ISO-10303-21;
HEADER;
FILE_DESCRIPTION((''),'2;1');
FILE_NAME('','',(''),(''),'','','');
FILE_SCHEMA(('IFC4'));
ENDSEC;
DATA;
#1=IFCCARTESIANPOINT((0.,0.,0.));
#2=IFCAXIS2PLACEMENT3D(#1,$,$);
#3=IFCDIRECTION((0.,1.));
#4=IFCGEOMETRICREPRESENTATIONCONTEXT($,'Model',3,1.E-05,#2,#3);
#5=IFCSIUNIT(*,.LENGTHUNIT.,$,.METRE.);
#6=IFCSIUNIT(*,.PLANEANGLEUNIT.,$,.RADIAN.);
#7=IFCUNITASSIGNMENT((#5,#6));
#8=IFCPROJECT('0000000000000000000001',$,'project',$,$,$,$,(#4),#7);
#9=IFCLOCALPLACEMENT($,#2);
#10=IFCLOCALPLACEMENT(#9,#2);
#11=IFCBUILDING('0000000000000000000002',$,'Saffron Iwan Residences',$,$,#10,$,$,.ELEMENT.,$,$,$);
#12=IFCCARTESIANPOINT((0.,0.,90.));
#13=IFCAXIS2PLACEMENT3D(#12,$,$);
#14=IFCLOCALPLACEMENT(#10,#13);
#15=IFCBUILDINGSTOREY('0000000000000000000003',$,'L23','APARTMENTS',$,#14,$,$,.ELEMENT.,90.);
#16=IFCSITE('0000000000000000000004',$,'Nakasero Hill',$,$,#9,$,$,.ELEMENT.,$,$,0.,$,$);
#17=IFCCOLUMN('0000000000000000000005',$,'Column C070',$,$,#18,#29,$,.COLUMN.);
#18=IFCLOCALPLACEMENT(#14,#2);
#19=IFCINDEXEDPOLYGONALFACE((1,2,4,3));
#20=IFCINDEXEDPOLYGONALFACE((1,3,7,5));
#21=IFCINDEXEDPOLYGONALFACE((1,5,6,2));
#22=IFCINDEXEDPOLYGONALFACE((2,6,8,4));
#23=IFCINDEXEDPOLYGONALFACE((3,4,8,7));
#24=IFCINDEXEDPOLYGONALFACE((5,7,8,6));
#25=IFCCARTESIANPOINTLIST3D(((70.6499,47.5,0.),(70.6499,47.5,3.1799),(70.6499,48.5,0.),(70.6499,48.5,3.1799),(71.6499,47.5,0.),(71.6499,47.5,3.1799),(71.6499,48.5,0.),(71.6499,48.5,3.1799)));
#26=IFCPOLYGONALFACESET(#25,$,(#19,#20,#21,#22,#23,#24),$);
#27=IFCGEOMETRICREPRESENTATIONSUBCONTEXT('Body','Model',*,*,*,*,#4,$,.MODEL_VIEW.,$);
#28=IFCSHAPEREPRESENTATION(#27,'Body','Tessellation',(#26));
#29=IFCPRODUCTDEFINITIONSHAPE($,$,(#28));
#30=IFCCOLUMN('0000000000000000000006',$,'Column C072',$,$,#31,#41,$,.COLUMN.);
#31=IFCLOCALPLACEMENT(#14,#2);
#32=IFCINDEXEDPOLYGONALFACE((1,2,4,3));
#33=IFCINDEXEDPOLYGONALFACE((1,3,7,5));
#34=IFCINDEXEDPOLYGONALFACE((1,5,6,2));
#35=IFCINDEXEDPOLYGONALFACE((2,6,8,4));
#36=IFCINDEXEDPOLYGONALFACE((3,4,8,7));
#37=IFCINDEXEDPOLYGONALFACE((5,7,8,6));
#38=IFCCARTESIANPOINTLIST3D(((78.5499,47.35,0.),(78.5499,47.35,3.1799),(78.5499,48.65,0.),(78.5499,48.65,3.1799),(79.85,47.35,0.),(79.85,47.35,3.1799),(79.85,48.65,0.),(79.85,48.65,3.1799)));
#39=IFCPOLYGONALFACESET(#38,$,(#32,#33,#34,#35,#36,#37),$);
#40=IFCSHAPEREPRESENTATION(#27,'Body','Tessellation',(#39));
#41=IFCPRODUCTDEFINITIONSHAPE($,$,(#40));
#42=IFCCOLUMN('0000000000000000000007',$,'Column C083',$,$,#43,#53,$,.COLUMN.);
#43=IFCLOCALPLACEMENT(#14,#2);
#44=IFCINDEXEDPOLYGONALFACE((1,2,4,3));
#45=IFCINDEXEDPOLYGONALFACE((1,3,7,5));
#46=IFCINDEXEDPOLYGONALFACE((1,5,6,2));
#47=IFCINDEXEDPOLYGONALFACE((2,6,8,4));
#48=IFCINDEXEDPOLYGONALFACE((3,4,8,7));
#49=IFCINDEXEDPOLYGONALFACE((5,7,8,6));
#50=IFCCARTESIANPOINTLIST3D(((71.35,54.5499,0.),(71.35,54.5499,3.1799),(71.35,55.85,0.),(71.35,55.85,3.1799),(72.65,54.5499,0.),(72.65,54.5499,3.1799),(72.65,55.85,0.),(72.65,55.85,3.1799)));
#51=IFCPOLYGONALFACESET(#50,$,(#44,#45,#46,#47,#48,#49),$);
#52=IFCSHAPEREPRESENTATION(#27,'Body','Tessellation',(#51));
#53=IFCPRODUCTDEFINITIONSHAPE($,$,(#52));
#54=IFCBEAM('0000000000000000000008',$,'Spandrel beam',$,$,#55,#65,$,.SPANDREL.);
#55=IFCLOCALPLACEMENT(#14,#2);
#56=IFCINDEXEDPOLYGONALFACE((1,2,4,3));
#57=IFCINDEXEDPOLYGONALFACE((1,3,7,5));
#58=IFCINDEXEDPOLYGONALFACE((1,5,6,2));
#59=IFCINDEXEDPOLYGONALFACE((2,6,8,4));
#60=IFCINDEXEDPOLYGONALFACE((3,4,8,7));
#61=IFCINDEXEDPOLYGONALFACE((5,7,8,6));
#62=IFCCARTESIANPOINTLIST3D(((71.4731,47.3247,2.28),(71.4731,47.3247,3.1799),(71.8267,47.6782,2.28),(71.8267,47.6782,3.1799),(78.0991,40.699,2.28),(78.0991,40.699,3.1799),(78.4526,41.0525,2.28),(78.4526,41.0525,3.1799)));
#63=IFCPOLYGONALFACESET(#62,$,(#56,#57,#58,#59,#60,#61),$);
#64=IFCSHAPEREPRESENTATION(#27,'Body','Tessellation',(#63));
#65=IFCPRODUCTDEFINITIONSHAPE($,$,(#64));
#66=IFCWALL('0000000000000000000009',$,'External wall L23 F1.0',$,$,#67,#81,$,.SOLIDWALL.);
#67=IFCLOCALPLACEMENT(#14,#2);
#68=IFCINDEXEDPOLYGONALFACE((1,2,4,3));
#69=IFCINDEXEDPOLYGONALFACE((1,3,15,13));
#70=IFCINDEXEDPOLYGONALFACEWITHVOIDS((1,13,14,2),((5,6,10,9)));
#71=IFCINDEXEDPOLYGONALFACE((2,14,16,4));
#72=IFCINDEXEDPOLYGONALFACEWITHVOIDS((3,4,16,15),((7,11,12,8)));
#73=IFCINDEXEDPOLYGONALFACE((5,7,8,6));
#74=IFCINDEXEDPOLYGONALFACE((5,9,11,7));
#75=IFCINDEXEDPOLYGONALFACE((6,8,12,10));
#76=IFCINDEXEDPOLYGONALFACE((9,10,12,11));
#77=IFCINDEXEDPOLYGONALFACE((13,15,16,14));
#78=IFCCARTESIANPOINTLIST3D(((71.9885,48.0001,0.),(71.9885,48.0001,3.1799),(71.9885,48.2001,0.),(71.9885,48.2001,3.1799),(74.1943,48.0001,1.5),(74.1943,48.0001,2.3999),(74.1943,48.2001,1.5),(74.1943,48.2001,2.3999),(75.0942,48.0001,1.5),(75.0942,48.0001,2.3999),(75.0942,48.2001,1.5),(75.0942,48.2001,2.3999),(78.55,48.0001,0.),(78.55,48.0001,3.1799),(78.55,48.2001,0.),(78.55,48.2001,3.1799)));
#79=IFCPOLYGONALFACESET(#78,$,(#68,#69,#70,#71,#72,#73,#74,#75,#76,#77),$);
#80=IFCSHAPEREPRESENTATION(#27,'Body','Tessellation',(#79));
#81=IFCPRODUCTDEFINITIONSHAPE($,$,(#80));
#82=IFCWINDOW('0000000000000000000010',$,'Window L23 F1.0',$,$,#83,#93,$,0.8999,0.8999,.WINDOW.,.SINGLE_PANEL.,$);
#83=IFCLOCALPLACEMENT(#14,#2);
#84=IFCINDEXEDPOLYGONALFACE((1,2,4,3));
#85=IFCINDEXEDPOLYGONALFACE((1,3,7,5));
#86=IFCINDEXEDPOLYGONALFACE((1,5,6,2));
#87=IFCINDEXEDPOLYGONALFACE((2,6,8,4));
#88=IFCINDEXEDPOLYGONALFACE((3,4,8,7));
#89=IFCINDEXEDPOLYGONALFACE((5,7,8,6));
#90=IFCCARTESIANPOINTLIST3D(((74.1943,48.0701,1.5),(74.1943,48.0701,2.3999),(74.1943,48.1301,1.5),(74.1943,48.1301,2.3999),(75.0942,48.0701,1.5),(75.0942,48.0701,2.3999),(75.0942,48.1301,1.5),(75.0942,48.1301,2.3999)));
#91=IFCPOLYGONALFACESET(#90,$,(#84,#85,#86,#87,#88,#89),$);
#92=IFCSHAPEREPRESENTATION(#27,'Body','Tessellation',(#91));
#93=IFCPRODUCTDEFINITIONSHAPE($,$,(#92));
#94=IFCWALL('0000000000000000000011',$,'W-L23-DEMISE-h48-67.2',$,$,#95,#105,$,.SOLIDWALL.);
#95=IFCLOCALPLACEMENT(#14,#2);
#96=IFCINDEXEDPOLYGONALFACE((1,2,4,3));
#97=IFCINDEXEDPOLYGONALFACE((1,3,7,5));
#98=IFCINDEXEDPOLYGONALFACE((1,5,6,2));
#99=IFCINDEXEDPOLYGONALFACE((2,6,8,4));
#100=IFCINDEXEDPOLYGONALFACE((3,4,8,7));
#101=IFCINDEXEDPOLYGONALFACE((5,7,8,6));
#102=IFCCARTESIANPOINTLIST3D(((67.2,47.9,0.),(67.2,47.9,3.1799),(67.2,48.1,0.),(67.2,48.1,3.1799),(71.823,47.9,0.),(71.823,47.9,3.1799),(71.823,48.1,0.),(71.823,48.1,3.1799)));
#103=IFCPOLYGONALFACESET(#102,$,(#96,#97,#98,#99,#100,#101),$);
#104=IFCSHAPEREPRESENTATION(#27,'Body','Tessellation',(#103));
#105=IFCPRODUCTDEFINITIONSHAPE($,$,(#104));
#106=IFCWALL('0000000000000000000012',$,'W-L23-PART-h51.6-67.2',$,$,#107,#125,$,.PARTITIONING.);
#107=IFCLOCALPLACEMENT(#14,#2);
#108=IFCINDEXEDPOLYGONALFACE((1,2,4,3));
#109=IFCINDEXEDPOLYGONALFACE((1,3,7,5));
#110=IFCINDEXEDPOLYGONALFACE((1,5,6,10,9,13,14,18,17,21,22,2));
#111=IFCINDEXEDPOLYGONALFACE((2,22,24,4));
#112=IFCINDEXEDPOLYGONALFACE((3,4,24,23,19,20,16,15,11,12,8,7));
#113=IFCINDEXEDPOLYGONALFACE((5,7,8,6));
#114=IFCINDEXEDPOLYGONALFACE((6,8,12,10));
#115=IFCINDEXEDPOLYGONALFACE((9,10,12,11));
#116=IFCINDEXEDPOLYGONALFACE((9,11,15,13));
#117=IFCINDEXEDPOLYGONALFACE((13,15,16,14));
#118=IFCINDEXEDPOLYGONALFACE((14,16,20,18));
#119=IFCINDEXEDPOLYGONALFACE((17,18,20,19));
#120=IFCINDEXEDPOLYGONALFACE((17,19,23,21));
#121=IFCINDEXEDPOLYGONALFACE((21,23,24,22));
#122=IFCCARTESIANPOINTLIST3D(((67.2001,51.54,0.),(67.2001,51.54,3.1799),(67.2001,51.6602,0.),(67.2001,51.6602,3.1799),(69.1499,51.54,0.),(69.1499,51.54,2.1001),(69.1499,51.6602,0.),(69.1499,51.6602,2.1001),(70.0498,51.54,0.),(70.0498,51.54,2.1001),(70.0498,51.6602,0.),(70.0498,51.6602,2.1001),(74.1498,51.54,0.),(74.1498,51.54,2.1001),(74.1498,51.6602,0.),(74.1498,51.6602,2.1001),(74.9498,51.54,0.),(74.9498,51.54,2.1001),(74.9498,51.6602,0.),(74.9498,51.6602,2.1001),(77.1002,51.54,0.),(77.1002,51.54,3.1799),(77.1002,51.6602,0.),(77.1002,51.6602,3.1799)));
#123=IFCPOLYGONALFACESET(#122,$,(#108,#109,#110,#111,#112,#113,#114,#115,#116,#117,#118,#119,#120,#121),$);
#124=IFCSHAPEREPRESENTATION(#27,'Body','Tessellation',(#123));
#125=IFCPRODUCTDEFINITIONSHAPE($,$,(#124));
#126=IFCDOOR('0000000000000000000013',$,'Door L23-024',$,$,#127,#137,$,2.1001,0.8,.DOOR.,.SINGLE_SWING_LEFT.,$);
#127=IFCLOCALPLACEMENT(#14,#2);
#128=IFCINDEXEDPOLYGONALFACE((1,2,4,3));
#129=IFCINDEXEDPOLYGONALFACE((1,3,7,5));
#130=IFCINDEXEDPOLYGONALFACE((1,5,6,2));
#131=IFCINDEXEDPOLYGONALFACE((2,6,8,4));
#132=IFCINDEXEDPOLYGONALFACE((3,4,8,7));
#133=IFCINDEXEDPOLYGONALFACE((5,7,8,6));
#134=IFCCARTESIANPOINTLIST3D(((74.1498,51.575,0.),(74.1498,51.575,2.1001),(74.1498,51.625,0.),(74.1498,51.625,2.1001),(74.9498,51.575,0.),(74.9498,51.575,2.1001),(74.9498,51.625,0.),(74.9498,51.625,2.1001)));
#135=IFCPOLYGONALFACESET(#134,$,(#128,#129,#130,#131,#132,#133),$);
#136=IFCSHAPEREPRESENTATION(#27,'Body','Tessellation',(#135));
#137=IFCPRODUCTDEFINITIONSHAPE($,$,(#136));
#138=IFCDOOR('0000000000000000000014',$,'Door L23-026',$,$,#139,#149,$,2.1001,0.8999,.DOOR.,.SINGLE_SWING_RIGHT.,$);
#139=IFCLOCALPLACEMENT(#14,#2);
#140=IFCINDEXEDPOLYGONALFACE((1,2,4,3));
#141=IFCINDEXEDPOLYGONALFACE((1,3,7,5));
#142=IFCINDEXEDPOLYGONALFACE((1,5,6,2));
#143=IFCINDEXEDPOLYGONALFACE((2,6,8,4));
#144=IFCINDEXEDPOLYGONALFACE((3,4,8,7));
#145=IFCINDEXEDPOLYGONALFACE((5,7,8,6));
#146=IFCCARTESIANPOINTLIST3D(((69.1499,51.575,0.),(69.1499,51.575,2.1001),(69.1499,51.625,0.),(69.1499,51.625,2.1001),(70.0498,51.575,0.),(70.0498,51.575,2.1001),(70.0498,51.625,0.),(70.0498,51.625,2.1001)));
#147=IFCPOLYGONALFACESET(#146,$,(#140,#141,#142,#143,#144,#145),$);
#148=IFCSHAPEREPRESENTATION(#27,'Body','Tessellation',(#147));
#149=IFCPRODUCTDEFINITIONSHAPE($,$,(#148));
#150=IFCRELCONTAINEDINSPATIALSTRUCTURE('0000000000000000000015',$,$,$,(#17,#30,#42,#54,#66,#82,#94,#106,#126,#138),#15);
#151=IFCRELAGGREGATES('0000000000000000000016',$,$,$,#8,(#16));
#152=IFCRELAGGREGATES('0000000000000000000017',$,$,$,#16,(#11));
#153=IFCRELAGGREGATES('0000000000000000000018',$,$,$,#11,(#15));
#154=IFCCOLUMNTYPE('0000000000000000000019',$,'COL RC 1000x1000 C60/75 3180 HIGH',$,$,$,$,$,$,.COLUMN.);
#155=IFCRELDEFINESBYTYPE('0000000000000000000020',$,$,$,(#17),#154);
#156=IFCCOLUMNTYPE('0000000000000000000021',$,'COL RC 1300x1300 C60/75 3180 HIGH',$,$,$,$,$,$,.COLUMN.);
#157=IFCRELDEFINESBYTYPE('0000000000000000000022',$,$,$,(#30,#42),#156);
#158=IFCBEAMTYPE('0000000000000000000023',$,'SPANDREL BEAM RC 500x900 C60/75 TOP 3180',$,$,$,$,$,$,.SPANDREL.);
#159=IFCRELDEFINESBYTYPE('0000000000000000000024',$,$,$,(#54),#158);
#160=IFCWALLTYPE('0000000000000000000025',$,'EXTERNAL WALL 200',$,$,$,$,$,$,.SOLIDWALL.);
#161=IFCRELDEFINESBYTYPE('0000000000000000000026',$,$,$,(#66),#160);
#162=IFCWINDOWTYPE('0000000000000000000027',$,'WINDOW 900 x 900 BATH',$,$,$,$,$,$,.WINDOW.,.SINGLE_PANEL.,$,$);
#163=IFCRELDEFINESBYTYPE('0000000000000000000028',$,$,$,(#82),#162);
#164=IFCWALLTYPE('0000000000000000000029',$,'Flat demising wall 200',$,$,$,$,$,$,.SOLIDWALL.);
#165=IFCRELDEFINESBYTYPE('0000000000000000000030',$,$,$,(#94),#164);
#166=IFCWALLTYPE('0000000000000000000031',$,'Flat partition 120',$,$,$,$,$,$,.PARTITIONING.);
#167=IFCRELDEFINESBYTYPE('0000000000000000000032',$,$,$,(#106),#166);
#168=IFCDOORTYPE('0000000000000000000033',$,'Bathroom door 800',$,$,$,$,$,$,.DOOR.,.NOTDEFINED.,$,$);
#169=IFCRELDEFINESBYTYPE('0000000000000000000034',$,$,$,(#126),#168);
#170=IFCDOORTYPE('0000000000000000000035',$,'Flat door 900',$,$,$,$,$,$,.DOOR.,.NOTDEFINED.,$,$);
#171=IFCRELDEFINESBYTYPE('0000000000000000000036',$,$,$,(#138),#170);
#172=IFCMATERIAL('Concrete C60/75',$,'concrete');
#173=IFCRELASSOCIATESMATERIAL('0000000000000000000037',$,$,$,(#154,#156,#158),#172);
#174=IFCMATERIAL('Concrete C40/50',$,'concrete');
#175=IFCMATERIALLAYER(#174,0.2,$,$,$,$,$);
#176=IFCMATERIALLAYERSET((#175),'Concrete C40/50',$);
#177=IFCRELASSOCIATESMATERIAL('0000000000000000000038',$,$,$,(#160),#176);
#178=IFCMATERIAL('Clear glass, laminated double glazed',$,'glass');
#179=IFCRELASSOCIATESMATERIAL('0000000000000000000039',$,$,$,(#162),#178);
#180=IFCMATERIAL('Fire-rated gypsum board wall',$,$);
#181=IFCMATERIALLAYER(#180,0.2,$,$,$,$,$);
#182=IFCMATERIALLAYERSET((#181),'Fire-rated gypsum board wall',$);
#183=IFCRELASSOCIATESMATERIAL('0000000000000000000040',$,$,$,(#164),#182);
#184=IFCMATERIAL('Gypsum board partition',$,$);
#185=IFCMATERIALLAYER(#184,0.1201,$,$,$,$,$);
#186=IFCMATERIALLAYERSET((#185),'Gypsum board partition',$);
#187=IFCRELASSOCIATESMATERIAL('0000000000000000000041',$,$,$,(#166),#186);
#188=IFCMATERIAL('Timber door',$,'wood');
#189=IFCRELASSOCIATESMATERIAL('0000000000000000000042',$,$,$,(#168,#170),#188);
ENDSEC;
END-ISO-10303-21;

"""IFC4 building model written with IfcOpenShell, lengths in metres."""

from ifc_helpers import new_model, si_unit, direction, frame, frame_2d, origin, origin_2d, place, context, subcontext, project, spatial, rectangle, extrude, source, transform, mapped, material, layer, layer_set, material_profile, profile_set, type_object, element, fill, save


model = new_model("IFC4")

# Units and contexts
model_context = context("Model", 3, precision=1e-05, world=origin(), true_north=direction((0.0, 1.0)))
body_context = subcontext(model_context, "Body", "Model", "MODEL_VIEW")
ifc_project = project(units=[si_unit("LENGTHUNIT", "METRE"), si_unit("PLANEANGLEUNIT", "RADIAN")], contexts=[model_context])

# Site, building, storey
site_placement = place(None, origin())
site = spatial("IfcSite", under=ifc_project, at=site_placement, Name="Nakasero Hill", CompositionType="ELEMENT", RefElevation=0.0)
building_placement = place(site_placement, origin())
building = spatial("IfcBuilding", under=site, at=building_placement, Name="Saffron Iwan Residences", CompositionType="ELEMENT")
storey_placement = place(building_placement, frame((0.0, 0.0, 90.0)))
storey = spatial("IfcBuildingStorey", under=building, at=storey_placement, Name="L23", Description="APARTMENTS", CompositionType="ELEMENT", Elevation=90.0)

# Columns
ifc_material_1 = material(Name="Concrete C60/75", Category="concrete")
ifc_material_profile_1 = material_profile(ifc_material_1, rectangle(XDim=1.0, YDim=1.0, at=origin_2d()), Name="RC 1000x1000")
ifc_profile_set_1 = profile_set([ifc_material_profile_1], Name="Concrete C60/75")
column_type_1 = type_object("IfcColumnType", Name="COL RC 1000x1000 C60/75 3180 HIGH", PredefinedType="COLUMN", material=ifc_profile_set_1)
shared_shape_1 = source(origin(), body_context, "Body", "SweptSolid", [
    extrude(rectangle(XDim=1.0, YDim=1.0, at=origin_2d()), origin(), (0.0, 0.0, 1.0), 3.1799),
])
column_placement = place(storey_placement, frame((71.1499, 48.0, 0.0), z_axis=(0.0, 0.0, 1.0), x_axis=(1.0, 0.0, 0.0)))
element("IfcColumn", 1, at=column_placement, inside=storey, type_object=column_type_1, Name="Column C070", PredefinedType="COLUMN", context=body_context, shape_type="MappedRepresentation", body=[
    mapped(shared_shape_1, transform((0.0, 0.0, 0.0))),
])
ifc_material_profile_2 = material_profile(ifc_material_1, rectangle(XDim=1.3, YDim=1.3, at=origin_2d()), Name="RC 1300x1300")
ifc_profile_set_2 = profile_set([ifc_material_profile_2], Name="Concrete C60/75")
column_type_2 = type_object("IfcColumnType", Name="COL RC 1300x1300 C60/75 3180 HIGH", PredefinedType="COLUMN", material=ifc_profile_set_2)
shared_shape_2 = source(origin(), body_context, "Body", "SweptSolid", [
    extrude(rectangle(XDim=1.3, YDim=1.3, at=origin_2d()), origin(), (0.0, 0.0, 1.0), 3.1799),
])
for number, where, z_axis, x_axis, name in (
    (2, (79.2, 48.0, 0.0), (0.0, 0.0, 1.0), (1.0, 0.0, 0.0), "Column C072"),
    (3, (72.0, 55.2, 0.0), (0.0, 0.0, 1.0), (1.0, 0.0, 0.0), "Column C083"),
):
    element("IfcColumn", number, at=place(storey_placement, frame(where, z_axis=z_axis, x_axis=x_axis)), inside=storey, type_object=column_type_2, Name=name, PredefinedType="COLUMN", context=body_context, shape_type="MappedRepresentation", body=[
        mapped(shared_shape_2, transform((0.0, 0.0, 0.0))),
    ])

# Beam
ifc_material_profile_3 = material_profile(ifc_material_1, rectangle(XDim=0.5, YDim=0.8999, at=origin_2d()), Name="RC 500x900")
ifc_profile_set_3 = profile_set([ifc_material_profile_3], Name="Concrete C60/75")
beam_type = type_object("IfcBeamType", Name="SPANDREL BEAM RC 500x900 C60/75 TOP 3180", PredefinedType="SPANDREL", material=ifc_profile_set_3)
shared_shape_3 = source(origin(), body_context, "Body", "SweptSolid", [
    extrude(rectangle(XDim=0.5, YDim=0.8999, at=origin_2d()), origin(), (0.0, 0.0, 1.0), 9.3704),
])
beam_placement = place(storey_placement, frame((71.6499, 47.5015, 2.73), z_axis=(0.70712, -0.707094, 0.0), x_axis=(0.707094, 0.70712, 0.0)))
element("IfcBeam", 4, at=beam_placement, inside=storey, type_object=beam_type, Name="Spandrel beam", PredefinedType="SPANDREL", context=body_context, shape_type="MappedRepresentation", body=[
    mapped(shared_shape_3, transform((0.0, 0.0, 0.0))),
])

# Wall, opening, window
ifc_material_2 = material(Name="Concrete C40/50", Category="concrete")
ifc_layer_1 = layer(ifc_material_2, 0.2)
ifc_layer_set_1 = layer_set([ifc_layer_1], Name="Concrete C40/50")
wall_type_1 = type_object("IfcWallType", Name="EXTERNAL WALL 200", PredefinedType="SOLIDWALL", material=ifc_layer_set_1)
wall_1_placement = place(storey_placement, frame((71.9885, 48.1001, 0.0), z_axis=(0.0, 0.0, 1.0), x_axis=(1.0, 0.0, 0.0)))
wall_1 = element("IfcWall", 5, at=wall_1_placement, inside=storey, type_object=wall_type_1, Name="External wall L23 F1.0", PredefinedType="SOLIDWALL", context=body_context, shape_type="SweptSolid", body=[
    extrude(rectangle(XDim=6.5615, YDim=0.2, at=frame_2d((3.2808, 0.0))), origin(), (0.0, 0.0, 1.0), 3.1799),
])
opening_1_placement = place(wall_1_placement, frame((2.2058, 0.0, 1.5)))
opening_1 = element("IfcOpeningElement", 6, at=opening_1_placement, cuts=wall_1, PredefinedType="OPENING", context=body_context, shape_type="SweptSolid", body=[
    extrude(rectangle(XDim=0.8999, YDim=0.8999, at=frame_2d((0.45, 0.45))), frame((0.0, 0.1099, 0.0), z_axis=(0.0, -1.0, 0.0), x_axis=(1.0, 0.0, 0.0)), (0.0, 0.0, 1.0), 0.22),
])
ifc_material_3 = material(Name="Clear glass, laminated double glazed", Category="glass")
window_type = type_object("IfcWindowType", Name="WINDOW 900 x 900 BATH", PartitioningType="SINGLE_PANEL", PredefinedType="WINDOW", material=ifc_material_3)
window_placement = place(opening_1_placement, origin())
window = element("IfcWindow", 7, at=window_placement, inside=storey, type_object=window_type, Name="Window L23 F1.0", OverallHeight=0.8999, OverallWidth=0.8999, PartitioningType="SINGLE_PANEL", PredefinedType="WINDOW", context=body_context, shape_type="SweptSolid", body=[
    extrude(rectangle(XDim=0.8999, YDim=0.8999, at=frame_2d((0.45, 0.45))), frame((0.0, 0.03, 0.0), z_axis=(0.0, -1.0, 0.0), x_axis=(1.0, 0.0, 0.0)), (0.0, 0.0, 1.0), 0.0601),
])
fill(opening_1, window)

# Wall
ifc_material_4 = material(Name="Fire-rated gypsum board wall")
ifc_layer_2 = layer(ifc_material_4, 0.2)
ifc_layer_set_2 = layer_set([ifc_layer_2], Name="Fire-rated gypsum board wall")
wall_type_2 = type_object("IfcWallType", Name="Flat demising wall 200", PredefinedType="SOLIDWALL", material=ifc_layer_set_2)
wall_2_placement = place(storey_placement, frame((67.2, 48.0, 0.0), z_axis=(0.0, 0.0, 1.0), x_axis=(1.0, 0.0, 0.0)))
element("IfcWall", 8, at=wall_2_placement, inside=storey, type_object=wall_type_2, Name="W-L23-DEMISE-h48-67.2", PredefinedType="SOLIDWALL", context=body_context, shape_type="SweptSolid", body=[
    extrude(rectangle(XDim=4.623, YDim=0.2, at=frame_2d((2.3115, 0.0))), origin(), (0.0, 0.0, 1.0), 3.1799),
])

# Wall, openings, doors
ifc_material_5 = material(Name="Gypsum board partition")
ifc_layer_3 = layer(ifc_material_5, 0.1201)
ifc_layer_set_3 = layer_set([ifc_layer_3], Name="Gypsum board partition")
wall_type_3 = type_object("IfcWallType", Name="Flat partition 120", PredefinedType="PARTITIONING", material=ifc_layer_set_3)
wall_3_placement = place(storey_placement, frame((67.2, 51.6001, 0.0), z_axis=(0.0, 0.0, 1.0), x_axis=(1.0, 0.0, 0.0)))
wall_3 = element("IfcWall", 9, at=wall_3_placement, inside=storey, type_object=wall_type_3, Name="W-L23-PART-h51.6-67.2", PredefinedType="PARTITIONING", context=body_context, shape_type="SweptSolid", body=[
    extrude(rectangle(XDim=9.9001, YDim=0.1201, at=frame_2d((4.9502, 0.0))), origin(), (0.0, 0.0, 1.0), 3.1799),
])
opening_2_placement = place(wall_3_placement, frame((6.95, 0.0, 0.0)))
opening_2 = element("IfcOpeningElement", 10, at=opening_2_placement, cuts=wall_3, PredefinedType="OPENING", context=body_context, shape_type="SweptSolid", body=[
    extrude(rectangle(XDim=0.8, YDim=2.1001, at=frame_2d((0.3999, 1.05))), frame((0.0, 0.0701, 0.0), z_axis=(0.0, -1.0, 0.0), x_axis=(1.0, 0.0, 0.0)), (0.0, 0.0, 1.0), 0.1401),
])
opening_3_placement = place(wall_3_placement, frame((1.95, 0.0, 0.0)))
opening_3 = element("IfcOpeningElement", 11, at=opening_3_placement, cuts=wall_3, PredefinedType="OPENING", context=body_context, shape_type="SweptSolid", body=[
    extrude(rectangle(XDim=0.8999, YDim=2.1001, at=frame_2d((0.45, 1.05))), frame((0.0, 0.0701, 0.0), z_axis=(0.0, -1.0, 0.0), x_axis=(1.0, 0.0, 0.0)), (0.0, 0.0, 1.0), 0.1401),
])
ifc_material_6 = material(Name="Timber door", Category="wood")
door_type_1 = type_object("IfcDoorType", Name="Bathroom door 800", OperationType="NOTDEFINED", PredefinedType="DOOR", material=ifc_material_6)
door_1_placement = place(opening_2_placement, origin())
door_1 = element("IfcDoor", 12, at=door_1_placement, inside=storey, type_object=door_type_1, Name="Door L23-024", OperationType="SINGLE_SWING_LEFT", OverallHeight=2.1001, OverallWidth=0.8, PredefinedType="DOOR", context=body_context, shape_type="SweptSolid", body=[
    extrude(rectangle(XDim=0.8, YDim=2.1001, at=frame_2d((0.3999, 1.05))), frame((0.0, 0.0249, 0.0), z_axis=(0.0, -1.0, 0.0), x_axis=(1.0, 0.0, 0.0)), (0.0, 0.0, 1.0), 0.05),
])
fill(opening_2, door_1)
door_type_2 = type_object("IfcDoorType", Name="Flat door 900", OperationType="NOTDEFINED", PredefinedType="DOOR", material=ifc_material_6)
door_2_placement = place(opening_3_placement, origin())
door_2 = element("IfcDoor", 13, at=door_2_placement, inside=storey, type_object=door_type_2, Name="Door L23-026", OperationType="SINGLE_SWING_RIGHT", OverallHeight=2.1001, OverallWidth=0.8999, PredefinedType="DOOR", context=body_context, shape_type="SweptSolid", body=[
    extrude(rectangle(XDim=0.8999, YDim=2.1001, at=frame_2d((0.45, 1.05))), frame((0.0, 0.0249, 0.0), z_axis=(0.0, -1.0, 0.0), x_axis=(1.0, 0.0, 0.0)), (0.0, 0.0, 1.0), 0.05),
])
fill(opening_3, door_2)

save(model, "model.ifc")
